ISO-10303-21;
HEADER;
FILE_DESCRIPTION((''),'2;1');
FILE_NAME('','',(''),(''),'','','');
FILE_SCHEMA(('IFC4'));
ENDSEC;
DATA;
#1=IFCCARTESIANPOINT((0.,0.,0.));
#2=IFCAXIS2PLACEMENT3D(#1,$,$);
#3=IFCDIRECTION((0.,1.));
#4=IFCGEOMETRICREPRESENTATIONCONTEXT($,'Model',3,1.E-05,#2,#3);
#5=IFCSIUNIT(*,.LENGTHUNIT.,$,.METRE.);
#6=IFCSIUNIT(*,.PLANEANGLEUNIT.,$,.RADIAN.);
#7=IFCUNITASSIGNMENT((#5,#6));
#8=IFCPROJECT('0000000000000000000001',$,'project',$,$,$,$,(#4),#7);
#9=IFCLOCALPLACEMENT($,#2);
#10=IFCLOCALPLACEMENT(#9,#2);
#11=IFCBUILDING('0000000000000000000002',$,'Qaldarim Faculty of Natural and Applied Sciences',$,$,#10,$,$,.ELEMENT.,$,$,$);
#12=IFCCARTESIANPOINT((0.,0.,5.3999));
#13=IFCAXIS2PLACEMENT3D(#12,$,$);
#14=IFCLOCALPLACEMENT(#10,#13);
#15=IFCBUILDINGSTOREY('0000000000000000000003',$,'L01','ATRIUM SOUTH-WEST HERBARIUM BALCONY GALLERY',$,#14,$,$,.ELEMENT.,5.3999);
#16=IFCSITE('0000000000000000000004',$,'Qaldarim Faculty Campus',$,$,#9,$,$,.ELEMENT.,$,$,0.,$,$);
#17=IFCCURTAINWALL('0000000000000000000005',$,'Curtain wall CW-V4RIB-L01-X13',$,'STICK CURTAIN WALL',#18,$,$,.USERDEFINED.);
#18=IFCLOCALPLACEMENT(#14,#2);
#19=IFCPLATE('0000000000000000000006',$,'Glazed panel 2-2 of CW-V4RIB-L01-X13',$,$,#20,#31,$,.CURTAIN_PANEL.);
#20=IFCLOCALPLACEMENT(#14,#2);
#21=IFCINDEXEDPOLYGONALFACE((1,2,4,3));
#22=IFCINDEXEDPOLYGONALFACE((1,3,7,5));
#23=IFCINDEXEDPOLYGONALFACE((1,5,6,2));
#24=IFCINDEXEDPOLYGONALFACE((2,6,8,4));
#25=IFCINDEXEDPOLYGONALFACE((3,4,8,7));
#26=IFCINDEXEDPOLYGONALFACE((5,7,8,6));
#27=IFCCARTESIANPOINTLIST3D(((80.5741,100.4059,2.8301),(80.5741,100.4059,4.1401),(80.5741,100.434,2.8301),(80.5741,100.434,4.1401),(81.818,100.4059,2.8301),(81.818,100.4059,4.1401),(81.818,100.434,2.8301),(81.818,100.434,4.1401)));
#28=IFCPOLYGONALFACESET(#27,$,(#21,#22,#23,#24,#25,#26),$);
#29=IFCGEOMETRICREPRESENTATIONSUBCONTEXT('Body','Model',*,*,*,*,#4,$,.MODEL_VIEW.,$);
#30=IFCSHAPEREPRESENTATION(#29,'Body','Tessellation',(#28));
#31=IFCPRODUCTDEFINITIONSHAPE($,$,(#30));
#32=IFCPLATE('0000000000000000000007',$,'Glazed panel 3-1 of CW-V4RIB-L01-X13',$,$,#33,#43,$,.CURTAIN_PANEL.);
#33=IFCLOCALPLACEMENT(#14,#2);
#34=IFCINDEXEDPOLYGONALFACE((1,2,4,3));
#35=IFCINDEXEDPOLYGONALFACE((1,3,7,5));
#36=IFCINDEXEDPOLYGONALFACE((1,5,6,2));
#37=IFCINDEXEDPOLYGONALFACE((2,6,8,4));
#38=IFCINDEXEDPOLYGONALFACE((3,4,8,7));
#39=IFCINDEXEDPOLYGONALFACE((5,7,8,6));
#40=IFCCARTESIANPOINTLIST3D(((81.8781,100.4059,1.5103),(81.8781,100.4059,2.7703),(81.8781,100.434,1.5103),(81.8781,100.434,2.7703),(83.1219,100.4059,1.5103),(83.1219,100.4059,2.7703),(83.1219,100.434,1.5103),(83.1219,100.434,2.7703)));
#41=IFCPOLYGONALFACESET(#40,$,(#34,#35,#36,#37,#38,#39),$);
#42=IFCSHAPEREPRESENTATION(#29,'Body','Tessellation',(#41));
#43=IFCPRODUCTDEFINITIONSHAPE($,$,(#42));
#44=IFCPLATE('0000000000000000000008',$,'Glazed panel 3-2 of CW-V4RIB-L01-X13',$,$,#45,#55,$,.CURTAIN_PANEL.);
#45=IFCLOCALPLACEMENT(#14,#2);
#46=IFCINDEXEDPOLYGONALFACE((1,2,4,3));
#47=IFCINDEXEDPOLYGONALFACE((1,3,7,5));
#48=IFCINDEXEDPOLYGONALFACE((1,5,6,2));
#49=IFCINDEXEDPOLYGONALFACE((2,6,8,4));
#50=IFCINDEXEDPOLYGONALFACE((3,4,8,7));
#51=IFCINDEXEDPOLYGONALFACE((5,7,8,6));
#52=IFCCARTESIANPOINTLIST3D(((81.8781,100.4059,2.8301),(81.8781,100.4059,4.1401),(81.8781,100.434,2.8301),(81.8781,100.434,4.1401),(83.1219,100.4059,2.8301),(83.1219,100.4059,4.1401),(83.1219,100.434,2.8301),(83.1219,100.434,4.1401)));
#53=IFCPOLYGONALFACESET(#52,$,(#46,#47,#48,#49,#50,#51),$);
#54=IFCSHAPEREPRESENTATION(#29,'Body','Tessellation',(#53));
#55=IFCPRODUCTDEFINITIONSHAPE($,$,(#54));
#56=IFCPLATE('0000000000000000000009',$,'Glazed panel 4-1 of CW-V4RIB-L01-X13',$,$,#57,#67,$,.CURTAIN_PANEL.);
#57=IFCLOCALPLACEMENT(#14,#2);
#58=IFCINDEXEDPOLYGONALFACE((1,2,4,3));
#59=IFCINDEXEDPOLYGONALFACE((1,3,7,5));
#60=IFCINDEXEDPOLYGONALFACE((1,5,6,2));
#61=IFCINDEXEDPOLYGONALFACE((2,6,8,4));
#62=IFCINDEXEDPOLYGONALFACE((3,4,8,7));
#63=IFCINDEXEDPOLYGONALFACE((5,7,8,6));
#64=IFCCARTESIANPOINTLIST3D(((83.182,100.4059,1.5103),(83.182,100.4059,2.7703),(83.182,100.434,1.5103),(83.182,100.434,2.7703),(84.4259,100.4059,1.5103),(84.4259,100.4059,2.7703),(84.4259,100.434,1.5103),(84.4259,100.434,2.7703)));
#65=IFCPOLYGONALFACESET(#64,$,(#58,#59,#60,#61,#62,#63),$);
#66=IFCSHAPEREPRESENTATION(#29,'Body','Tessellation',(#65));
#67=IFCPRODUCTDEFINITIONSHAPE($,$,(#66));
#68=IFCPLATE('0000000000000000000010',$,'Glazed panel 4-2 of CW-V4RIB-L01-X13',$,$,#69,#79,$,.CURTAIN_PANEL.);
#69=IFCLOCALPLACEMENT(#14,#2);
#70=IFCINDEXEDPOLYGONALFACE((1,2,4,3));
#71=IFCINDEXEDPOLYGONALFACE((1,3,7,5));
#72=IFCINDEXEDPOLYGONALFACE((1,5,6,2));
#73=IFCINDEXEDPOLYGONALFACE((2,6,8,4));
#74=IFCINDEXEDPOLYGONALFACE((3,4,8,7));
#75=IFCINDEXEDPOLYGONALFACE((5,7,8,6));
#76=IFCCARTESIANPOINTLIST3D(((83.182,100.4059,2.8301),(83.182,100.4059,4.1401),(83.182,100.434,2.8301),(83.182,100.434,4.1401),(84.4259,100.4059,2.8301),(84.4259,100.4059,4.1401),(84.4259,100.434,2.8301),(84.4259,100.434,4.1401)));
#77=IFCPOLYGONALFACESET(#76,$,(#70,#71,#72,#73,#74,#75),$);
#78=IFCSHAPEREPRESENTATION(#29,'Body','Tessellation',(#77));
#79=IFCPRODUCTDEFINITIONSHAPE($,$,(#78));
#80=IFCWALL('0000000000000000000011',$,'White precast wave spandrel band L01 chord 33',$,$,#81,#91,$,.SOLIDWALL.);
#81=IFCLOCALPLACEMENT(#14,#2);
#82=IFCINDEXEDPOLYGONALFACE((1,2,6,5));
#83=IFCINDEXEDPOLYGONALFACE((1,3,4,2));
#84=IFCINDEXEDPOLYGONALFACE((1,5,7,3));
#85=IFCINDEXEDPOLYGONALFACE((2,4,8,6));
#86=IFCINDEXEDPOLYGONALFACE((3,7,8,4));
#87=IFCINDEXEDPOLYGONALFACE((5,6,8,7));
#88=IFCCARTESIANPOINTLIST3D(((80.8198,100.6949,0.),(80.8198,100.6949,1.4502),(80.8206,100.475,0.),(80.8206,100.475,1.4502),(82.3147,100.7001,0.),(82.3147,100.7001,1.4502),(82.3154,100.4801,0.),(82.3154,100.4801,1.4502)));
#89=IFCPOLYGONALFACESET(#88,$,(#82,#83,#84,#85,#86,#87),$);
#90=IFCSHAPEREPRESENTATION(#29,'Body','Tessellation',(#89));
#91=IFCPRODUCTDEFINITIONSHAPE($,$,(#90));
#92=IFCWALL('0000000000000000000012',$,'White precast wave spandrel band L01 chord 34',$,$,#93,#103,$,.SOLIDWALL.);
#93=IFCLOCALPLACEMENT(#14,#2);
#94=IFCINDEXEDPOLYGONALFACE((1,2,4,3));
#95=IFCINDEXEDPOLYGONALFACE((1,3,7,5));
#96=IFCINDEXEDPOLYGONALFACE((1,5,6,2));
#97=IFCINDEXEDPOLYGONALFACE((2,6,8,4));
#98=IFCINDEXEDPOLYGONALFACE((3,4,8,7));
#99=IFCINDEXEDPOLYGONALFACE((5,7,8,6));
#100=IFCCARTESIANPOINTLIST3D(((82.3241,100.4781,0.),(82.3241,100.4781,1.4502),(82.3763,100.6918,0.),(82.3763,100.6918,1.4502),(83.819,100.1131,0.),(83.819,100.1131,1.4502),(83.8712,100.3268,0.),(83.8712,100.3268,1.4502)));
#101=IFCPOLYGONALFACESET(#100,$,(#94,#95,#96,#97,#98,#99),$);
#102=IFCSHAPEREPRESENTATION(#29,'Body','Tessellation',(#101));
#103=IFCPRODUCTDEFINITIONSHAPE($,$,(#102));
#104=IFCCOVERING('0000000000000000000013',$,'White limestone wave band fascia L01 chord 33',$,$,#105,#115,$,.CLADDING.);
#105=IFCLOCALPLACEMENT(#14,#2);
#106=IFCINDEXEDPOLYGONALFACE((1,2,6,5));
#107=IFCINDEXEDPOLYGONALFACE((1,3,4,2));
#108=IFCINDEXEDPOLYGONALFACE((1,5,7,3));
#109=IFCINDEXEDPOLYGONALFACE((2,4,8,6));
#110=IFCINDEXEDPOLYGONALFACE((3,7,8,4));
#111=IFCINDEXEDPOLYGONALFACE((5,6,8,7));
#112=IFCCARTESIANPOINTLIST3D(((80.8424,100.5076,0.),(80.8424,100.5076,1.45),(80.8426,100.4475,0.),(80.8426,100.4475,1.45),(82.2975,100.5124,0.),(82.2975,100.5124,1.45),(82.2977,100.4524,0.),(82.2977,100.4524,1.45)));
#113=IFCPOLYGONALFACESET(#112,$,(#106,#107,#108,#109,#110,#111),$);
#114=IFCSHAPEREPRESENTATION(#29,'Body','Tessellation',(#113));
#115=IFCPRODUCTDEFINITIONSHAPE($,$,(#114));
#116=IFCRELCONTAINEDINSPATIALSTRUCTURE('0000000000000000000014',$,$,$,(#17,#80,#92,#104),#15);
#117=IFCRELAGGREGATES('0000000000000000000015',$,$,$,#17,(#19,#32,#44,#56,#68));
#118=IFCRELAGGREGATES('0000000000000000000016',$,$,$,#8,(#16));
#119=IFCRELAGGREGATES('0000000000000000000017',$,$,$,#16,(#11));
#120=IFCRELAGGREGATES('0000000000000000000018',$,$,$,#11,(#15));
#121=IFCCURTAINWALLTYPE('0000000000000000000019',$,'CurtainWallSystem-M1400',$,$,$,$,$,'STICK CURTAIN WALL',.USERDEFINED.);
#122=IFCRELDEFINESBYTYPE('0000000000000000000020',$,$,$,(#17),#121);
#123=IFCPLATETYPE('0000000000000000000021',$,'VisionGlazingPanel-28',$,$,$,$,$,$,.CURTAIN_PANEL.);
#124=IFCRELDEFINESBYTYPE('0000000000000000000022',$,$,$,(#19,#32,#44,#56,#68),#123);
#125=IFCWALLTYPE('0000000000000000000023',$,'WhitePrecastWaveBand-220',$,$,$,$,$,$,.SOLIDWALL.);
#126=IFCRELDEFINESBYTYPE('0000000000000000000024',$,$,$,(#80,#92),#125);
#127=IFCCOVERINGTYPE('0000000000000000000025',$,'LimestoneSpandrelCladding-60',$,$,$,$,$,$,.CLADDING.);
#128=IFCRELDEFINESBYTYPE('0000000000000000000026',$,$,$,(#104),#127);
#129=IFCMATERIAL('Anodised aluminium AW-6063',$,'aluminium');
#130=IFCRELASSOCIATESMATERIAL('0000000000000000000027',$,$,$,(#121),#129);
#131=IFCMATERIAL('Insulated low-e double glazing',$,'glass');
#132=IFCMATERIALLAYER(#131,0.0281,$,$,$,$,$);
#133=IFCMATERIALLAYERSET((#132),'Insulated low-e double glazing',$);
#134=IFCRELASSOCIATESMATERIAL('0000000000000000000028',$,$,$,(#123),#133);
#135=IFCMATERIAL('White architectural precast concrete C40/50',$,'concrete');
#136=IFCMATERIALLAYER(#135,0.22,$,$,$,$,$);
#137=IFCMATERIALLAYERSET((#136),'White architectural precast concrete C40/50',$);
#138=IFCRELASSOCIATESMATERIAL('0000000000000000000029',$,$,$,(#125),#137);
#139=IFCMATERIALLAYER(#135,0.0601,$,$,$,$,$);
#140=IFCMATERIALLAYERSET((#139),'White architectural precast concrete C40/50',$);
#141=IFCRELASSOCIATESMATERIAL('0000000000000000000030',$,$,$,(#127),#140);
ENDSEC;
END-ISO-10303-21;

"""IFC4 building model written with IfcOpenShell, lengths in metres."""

from ifc_helpers import new_model, si_unit, direction, frame, frame_2d, origin, origin_2d, place, context, subcontext, project, spatial, rectangle, extrude, material, layer, layer_set, type_object, element, aggregate, save


model = new_model("IFC4")

# Units and contexts
model_context = context("Model", 3, precision=1e-05, world=origin(), true_north=direction((0.0, 1.0)))
body_context = subcontext(model_context, "Body", "Model", "MODEL_VIEW")
ifc_project = project(units=[si_unit("LENGTHUNIT", "METRE"), si_unit("PLANEANGLEUNIT", "RADIAN")], contexts=[model_context])

# Site, building, storey
site_placement = place(None, origin())
site = spatial("IfcSite", under=ifc_project, at=site_placement, Name="Qaldarim Faculty Campus", CompositionType="ELEMENT", RefElevation=0.0)
building_placement = place(site_placement, origin())
building = spatial("IfcBuilding", under=site, at=building_placement, Name="Qaldarim Faculty of Natural and Applied Sciences", CompositionType="ELEMENT")
storey_placement = place(building_placement, frame((0.0, 0.0, 5.3999)))
storey = spatial("IfcBuildingStorey", under=building, at=storey_placement, Name="L01", Description="ATRIUM SOUTH-WEST HERBARIUM BALCONY GALLERY", CompositionType="ELEMENT", Elevation=5.3999)

# Curtain wall, plates
ifc_material_1 = material(Name="Anodised aluminium AW-6063", Category="aluminium")
curtain_wall_type = type_object("IfcCurtainWallType", Name="CurtainWallSystem-M1400", ElementType="STICK CURTAIN WALL", PredefinedType="USERDEFINED", material=ifc_material_1)
curtain_wall_placement = place(storey_placement, origin())
curtain_wall = element("IfcCurtainWall", 1, at=curtain_wall_placement, inside=storey, type_object=curtain_wall_type, Name="Curtain wall CW-V4RIB-L01-X13", ObjectType="STICK CURTAIN WALL", PredefinedType="USERDEFINED")
ifc_material_2 = material(Name="Insulated low-e double glazing", Category="glass")
ifc_layer_1 = layer(ifc_material_2, 0.0281)
ifc_layer_set_1 = layer_set([ifc_layer_1], Name="Insulated low-e double glazing")
plate_type = type_object("IfcPlateType", Name="VisionGlazingPanel-28", PredefinedType="CURTAIN_PANEL", material=ifc_layer_set_1)
plate_1_placement = place(storey_placement, frame((81.196, 100.4199, 2.8301), z_axis=(0.0, 0.0, 1.0), x_axis=(1.0, 0.0, 0.0)))
plate_1 = element("IfcPlate", 2, at=plate_1_placement, type_object=plate_type, Name="Glazed panel 2-2 of CW-V4RIB-L01-X13", PredefinedType="CURTAIN_PANEL", context=body_context, shape_type="SweptSolid", body=[
    extrude(rectangle(XDim=1.2439, YDim=0.0281, at=origin_2d()), origin(), (0.0, 0.0, 1.0), 1.3101),
])
plate_2_placement = place(storey_placement, frame((82.5, 100.4199, 1.5103), z_axis=(0.0, 0.0, 1.0), x_axis=(1.0, 0.0, 0.0)))
plate_2 = element("IfcPlate", 3, at=plate_2_placement, type_object=plate_type, Name="Glazed panel 3-1 of CW-V4RIB-L01-X13", PredefinedType="CURTAIN_PANEL", context=body_context, shape_type="SweptSolid", body=[
    extrude(rectangle(XDim=1.2439, YDim=0.0281, at=origin_2d()), origin(), (0.0, 0.0, 1.0), 1.26),
])
plate_3_placement = place(storey_placement, frame((82.5, 100.4199, 2.8301), z_axis=(0.0, 0.0, 1.0), x_axis=(1.0, 0.0, 0.0)))
plate_3 = element("IfcPlate", 4, at=plate_3_placement, type_object=plate_type, Name="Glazed panel 3-2 of CW-V4RIB-L01-X13", PredefinedType="CURTAIN_PANEL", context=body_context, shape_type="SweptSolid", body=[
    extrude(rectangle(XDim=1.2439, YDim=0.0281, at=origin_2d()), origin(), (0.0, 0.0, 1.0), 1.3101),
])
plate_4_placement = place(storey_placement, frame((83.804, 100.4199, 1.5103), z_axis=(0.0, 0.0, 1.0), x_axis=(1.0, 0.0, 0.0)))
plate_4 = element("IfcPlate", 5, at=plate_4_placement, type_object=plate_type, Name="Glazed panel 4-1 of CW-V4RIB-L01-X13", PredefinedType="CURTAIN_PANEL", context=body_context, shape_type="SweptSolid", body=[
    extrude(rectangle(XDim=1.2439, YDim=0.0281, at=origin_2d()), origin(), (0.0, 0.0, 1.0), 1.26),
])
plate_5_placement = place(storey_placement, frame((83.804, 100.4199, 2.8301), z_axis=(0.0, 0.0, 1.0), x_axis=(1.0, 0.0, 0.0)))
plate_5 = element("IfcPlate", 6, at=plate_5_placement, type_object=plate_type, Name="Glazed panel 4-2 of CW-V4RIB-L01-X13", PredefinedType="CURTAIN_PANEL", context=body_context, shape_type="SweptSolid", body=[
    extrude(rectangle(XDim=1.2439, YDim=0.0281, at=origin_2d()), origin(), (0.0, 0.0, 1.0), 1.3101),
])
aggregate(curtain_wall, [plate_1, plate_2, plate_3, plate_4, plate_5])

# Walls
ifc_material_3 = material(Name="White architectural precast concrete C40/50", Category="concrete")
ifc_layer_2 = layer(ifc_material_3, 0.22)
ifc_layer_set_2 = layer_set([ifc_layer_2], Name="White architectural precast concrete C40/50")
wall_type = type_object("IfcWallType", Name="WhitePrecastWaveBand-220", PredefinedType="SOLIDWALL", material=ifc_layer_set_2)
wall_1_placement = place(storey_placement, frame((80.8201, 100.585, 0.0), z_axis=(0.0, 0.0, 1.0), x_axis=(0.999994, 0.00343, 0.0)))
element("IfcWall", 7, at=wall_1_placement, inside=storey, type_object=wall_type, Name="White precast wave spandrel band L01 chord 33", PredefinedType="SOLIDWALL", context=body_context, shape_type="SweptSolid", body=[
    extrude(rectangle(XDim=1.4949, YDim=0.22, at=frame_2d((0.7476, 0.0))), origin(), (0.0, 0.0, 1.0), 1.4502),
])
wall_2_placement = place(storey_placement, frame((82.3501, 100.585, 0.0), z_axis=(0.0, 0.0, 1.0), x_axis=(0.971462, -0.237194, 0.0)))
element("IfcWall", 8, at=wall_2_placement, inside=storey, type_object=wall_type, Name="White precast wave spandrel band L01 chord 34", PredefinedType="SOLIDWALL", context=body_context, shape_type="SweptSolid", body=[
    extrude(rectangle(XDim=1.5388, YDim=0.22, at=frame_2d((0.7695, 0.0))), origin(), (0.0, 0.0, 1.0), 1.4502),
])

# Covering
ifc_layer_3 = layer(ifc_material_3, 0.0601)
ifc_layer_set_3 = layer_set([ifc_layer_3], Name="White architectural precast concrete C40/50")
covering_type = type_object("IfcCoveringType", Name="LimestoneSpandrelCladding-60", PredefinedType="CLADDING", material=ifc_layer_set_3)
covering_placement = place(storey_placement, frame((81.5701, 100.48, 0.0), z_axis=(0.0, 0.0, 1.0), x_axis=(0.999994, 0.003351, 0.0)))
element("IfcCovering", 9, at=covering_placement, inside=storey, type_object=covering_type, Name="White limestone wave band fascia L01 chord 33", PredefinedType="CLADDING", context=body_context, shape_type="SweptSolid", body=[
    extrude(rectangle(XDim=1.4551, YDim=0.0601, at=origin_2d()), origin(), (0.0, 0.0, 1.0), 1.45),
])

save(model, "model.ifc")
